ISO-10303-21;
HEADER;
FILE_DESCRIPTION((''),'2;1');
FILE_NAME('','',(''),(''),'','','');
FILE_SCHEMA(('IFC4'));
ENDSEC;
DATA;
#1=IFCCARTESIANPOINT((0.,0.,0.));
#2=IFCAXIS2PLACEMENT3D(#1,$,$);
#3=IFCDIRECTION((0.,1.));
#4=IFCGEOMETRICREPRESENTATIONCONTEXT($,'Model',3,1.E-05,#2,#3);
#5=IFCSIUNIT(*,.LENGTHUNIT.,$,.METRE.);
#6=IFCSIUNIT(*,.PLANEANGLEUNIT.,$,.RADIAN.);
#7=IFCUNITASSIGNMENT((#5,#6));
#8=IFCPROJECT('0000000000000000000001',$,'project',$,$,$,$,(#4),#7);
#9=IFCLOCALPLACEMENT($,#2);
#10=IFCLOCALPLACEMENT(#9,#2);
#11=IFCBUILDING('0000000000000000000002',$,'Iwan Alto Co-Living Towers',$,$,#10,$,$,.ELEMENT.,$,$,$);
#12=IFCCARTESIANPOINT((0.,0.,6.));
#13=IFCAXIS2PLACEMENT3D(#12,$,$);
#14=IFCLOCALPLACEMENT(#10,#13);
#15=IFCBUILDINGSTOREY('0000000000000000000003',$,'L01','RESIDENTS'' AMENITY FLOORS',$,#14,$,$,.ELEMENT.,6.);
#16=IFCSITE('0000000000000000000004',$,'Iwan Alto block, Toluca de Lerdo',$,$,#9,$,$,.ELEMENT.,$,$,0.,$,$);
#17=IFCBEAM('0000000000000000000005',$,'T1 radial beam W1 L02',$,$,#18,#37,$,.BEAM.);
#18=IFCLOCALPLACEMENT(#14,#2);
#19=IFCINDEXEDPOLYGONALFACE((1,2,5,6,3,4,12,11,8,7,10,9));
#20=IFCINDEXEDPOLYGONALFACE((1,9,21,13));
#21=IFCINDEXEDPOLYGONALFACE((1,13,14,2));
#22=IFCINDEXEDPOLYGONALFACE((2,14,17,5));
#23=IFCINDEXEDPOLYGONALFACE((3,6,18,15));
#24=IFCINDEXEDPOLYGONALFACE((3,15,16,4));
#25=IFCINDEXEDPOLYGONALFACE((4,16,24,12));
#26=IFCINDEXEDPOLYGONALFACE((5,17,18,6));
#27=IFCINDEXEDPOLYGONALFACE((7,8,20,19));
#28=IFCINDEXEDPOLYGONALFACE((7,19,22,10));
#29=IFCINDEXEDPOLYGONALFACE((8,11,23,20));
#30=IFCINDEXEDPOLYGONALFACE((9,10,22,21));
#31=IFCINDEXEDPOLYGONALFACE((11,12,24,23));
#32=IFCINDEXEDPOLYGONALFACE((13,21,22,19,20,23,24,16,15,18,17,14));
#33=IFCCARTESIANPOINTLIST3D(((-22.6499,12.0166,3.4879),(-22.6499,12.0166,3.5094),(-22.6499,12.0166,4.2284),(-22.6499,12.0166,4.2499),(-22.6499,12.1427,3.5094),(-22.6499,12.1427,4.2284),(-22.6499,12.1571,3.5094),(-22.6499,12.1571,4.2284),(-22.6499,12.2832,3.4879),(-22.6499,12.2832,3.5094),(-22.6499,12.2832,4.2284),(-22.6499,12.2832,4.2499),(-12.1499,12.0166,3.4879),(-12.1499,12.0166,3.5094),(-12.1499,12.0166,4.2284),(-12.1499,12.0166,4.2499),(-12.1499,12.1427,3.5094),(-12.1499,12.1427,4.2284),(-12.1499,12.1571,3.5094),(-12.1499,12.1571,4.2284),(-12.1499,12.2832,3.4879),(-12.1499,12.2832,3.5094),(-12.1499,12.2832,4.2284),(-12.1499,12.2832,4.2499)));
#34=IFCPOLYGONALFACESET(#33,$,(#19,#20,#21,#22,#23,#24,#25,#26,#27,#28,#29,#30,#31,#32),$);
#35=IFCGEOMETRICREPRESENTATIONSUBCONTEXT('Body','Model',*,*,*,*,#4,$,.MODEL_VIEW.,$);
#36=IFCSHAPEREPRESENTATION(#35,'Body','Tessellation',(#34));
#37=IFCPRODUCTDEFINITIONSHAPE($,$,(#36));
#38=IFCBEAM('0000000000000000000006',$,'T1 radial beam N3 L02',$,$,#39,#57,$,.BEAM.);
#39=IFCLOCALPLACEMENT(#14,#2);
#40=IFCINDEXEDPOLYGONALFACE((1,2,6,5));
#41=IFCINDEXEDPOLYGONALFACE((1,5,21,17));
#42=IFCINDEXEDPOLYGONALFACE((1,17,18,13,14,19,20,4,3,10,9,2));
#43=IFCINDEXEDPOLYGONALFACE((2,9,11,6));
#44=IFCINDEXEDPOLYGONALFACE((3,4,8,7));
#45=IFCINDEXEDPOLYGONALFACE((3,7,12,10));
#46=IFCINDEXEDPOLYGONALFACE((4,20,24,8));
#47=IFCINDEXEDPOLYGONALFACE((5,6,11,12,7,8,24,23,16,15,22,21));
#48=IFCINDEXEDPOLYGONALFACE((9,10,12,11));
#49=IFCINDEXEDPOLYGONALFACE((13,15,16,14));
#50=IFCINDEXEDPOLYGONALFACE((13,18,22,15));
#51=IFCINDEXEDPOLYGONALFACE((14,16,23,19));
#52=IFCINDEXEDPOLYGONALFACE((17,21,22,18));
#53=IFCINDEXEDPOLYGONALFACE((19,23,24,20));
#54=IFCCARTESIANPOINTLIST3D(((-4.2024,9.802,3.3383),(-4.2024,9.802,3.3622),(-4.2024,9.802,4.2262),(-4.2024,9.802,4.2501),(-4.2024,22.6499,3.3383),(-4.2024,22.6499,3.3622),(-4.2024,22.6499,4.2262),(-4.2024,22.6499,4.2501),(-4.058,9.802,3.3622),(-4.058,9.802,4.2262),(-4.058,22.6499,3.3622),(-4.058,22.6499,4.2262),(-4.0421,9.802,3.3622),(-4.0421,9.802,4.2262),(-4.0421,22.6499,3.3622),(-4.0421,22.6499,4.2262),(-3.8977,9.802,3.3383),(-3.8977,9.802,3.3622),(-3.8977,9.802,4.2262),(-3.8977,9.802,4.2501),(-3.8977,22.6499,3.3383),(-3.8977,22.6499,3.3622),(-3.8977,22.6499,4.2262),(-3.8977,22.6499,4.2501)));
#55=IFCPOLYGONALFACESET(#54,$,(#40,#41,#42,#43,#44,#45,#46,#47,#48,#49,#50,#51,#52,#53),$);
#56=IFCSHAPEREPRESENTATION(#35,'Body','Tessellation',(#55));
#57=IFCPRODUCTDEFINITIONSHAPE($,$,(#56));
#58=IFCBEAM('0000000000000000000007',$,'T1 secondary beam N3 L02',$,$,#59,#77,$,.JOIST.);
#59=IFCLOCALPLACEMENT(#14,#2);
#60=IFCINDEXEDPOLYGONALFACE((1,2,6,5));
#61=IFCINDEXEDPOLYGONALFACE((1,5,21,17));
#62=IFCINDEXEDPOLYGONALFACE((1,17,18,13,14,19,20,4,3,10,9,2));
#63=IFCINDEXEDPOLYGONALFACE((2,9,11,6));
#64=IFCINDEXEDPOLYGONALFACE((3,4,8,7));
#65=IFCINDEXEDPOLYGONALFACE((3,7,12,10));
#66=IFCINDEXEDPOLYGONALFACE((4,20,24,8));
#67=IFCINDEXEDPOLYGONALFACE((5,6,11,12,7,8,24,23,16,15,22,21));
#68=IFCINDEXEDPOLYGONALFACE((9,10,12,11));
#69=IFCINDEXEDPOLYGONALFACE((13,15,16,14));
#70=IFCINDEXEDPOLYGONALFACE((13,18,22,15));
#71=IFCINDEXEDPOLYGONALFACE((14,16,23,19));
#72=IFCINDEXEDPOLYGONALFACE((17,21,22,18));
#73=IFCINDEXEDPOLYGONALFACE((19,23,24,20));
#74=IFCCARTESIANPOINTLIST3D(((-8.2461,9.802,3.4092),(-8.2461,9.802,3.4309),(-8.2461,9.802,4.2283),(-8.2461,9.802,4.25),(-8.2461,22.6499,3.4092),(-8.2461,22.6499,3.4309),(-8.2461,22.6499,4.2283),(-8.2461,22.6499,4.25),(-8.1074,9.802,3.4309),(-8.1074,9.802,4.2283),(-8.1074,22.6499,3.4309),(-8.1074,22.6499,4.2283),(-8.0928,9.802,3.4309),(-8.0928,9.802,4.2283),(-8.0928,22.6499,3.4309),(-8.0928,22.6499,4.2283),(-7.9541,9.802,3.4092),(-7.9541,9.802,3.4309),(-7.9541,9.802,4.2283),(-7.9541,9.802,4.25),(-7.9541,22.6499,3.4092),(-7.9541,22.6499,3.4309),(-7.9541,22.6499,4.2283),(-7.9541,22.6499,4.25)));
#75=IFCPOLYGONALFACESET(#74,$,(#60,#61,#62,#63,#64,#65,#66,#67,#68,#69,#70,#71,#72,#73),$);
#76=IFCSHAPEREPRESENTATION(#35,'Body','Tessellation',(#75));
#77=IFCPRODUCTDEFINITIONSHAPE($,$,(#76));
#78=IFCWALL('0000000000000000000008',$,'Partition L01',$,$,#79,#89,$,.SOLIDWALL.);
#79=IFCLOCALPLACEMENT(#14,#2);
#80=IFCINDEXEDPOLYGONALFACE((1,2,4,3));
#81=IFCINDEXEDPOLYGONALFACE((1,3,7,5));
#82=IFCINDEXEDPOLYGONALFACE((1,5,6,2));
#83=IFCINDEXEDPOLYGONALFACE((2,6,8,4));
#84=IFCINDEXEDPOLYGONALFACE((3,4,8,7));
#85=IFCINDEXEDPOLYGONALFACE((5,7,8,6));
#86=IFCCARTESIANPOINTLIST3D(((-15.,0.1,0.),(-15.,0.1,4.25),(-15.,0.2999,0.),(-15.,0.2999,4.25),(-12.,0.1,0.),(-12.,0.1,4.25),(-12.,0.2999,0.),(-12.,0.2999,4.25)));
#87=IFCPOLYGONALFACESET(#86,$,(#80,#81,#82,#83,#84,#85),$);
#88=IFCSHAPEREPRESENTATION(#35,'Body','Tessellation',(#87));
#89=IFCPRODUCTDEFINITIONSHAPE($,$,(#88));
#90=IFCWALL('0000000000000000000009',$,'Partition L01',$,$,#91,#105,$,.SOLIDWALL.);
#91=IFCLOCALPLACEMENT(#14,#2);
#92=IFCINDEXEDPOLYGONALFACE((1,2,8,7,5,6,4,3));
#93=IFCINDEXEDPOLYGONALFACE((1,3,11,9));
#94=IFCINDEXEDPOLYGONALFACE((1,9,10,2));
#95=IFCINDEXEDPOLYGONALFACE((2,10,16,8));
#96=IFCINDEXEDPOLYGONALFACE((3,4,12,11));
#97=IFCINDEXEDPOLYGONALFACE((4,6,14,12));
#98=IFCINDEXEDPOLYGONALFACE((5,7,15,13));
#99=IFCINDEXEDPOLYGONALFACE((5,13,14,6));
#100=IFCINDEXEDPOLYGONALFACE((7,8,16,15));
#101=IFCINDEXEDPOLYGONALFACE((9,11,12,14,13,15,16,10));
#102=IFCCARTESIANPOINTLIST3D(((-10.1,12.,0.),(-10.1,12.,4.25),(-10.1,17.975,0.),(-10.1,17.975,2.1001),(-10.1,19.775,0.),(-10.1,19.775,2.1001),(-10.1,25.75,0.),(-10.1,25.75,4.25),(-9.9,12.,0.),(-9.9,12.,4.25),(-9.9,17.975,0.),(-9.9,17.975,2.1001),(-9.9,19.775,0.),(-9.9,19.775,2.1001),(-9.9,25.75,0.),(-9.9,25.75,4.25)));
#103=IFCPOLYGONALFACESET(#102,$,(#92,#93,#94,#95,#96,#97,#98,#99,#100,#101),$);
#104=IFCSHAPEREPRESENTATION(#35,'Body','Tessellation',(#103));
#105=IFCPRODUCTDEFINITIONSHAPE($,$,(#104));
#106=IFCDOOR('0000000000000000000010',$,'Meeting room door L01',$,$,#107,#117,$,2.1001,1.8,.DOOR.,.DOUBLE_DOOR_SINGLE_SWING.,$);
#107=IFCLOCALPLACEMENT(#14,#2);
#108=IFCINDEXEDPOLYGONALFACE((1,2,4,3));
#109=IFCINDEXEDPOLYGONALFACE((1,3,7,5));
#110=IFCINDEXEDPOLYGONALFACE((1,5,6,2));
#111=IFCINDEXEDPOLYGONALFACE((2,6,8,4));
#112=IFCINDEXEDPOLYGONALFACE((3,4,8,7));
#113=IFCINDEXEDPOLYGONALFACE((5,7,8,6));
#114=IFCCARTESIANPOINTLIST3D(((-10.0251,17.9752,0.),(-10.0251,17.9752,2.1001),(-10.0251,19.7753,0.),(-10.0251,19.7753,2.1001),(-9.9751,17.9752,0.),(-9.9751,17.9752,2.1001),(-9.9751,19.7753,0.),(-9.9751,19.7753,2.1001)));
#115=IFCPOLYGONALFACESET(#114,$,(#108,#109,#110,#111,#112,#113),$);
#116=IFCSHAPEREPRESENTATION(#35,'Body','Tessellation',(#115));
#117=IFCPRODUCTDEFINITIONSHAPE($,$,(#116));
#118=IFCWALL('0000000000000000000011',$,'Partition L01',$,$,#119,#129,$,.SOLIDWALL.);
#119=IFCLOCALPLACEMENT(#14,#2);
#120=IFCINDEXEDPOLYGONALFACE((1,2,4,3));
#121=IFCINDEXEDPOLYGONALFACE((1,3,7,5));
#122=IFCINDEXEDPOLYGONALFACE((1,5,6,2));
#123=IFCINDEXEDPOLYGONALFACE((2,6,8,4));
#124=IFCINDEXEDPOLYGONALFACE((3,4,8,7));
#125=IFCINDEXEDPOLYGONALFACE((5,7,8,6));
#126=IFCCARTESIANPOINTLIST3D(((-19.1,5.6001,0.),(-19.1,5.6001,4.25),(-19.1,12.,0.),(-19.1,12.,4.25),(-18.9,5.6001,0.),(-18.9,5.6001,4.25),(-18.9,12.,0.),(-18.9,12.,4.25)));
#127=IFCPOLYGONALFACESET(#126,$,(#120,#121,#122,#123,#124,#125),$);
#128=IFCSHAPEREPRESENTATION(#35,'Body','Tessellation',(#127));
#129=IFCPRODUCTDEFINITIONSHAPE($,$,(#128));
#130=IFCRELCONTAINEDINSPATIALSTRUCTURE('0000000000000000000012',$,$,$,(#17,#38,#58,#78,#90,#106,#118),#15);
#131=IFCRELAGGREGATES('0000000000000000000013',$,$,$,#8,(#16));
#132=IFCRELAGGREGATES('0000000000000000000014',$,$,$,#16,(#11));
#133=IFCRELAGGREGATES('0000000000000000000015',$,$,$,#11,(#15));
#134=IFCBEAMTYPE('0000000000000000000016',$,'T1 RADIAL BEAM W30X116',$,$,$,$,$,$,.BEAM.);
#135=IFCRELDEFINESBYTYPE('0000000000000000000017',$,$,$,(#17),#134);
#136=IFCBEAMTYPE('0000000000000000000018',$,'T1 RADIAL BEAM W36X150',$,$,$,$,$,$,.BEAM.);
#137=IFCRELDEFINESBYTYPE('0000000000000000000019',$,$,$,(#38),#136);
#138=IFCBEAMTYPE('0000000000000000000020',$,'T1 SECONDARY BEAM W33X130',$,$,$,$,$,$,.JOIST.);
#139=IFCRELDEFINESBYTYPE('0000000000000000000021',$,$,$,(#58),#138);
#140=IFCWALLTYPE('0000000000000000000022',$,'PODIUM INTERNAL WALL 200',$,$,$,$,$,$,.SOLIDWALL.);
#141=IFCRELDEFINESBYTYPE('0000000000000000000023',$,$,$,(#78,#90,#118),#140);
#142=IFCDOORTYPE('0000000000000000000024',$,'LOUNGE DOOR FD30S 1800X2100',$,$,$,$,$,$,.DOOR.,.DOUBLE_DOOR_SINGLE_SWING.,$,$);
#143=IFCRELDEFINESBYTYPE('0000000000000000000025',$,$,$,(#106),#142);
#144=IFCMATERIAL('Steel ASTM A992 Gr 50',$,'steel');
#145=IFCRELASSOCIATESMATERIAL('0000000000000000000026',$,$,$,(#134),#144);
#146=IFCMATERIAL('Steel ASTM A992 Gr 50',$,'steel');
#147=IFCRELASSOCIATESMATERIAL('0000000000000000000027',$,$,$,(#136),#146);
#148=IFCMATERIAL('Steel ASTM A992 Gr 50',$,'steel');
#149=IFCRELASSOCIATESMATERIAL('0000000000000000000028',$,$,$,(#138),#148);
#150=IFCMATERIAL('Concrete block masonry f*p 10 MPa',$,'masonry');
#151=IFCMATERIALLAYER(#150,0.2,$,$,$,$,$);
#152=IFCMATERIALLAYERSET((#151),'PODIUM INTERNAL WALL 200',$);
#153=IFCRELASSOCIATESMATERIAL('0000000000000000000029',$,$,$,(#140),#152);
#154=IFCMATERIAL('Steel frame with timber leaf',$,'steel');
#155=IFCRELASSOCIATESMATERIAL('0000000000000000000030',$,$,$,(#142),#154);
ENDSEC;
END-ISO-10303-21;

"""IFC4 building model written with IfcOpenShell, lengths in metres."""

from ifc_helpers import new_model, si_unit, direction, frame, frame_2d, origin, origin_2d, place, context, subcontext, project, spatial, rectangle, i_section, extrude, material, layer, layer_set, material_profile, profile_set, type_object, element, fill, save


model = new_model("IFC4")

# Units and contexts
model_context = context("Model", 3, precision=1e-05, world=origin(), true_north=direction((0.0, 1.0)))
body_context = subcontext(model_context, "Body", "Model", "MODEL_VIEW")
ifc_project = project(units=[si_unit("LENGTHUNIT", "METRE"), si_unit("PLANEANGLEUNIT", "RADIAN")], contexts=[model_context])

# Site, building, storey
site_placement = place(None, origin())
site = spatial("IfcSite", under=ifc_project, at=site_placement, Name="Iwan Alto block, Toluca de Lerdo", CompositionType="ELEMENT", RefElevation=0.0)
building_placement = place(site_placement, origin())
building = spatial("IfcBuilding", under=site, at=building_placement, Name="Iwan Alto Co-Living Towers", CompositionType="ELEMENT")
storey_placement = place(building_placement, frame((0.0, 0.0, 6.0)))
storey = spatial("IfcBuildingStorey", under=building, at=storey_placement, Name="L01", Description="RESIDENTS' AMENITY FLOORS", CompositionType="ELEMENT", Elevation=6.0)

# Beams
ifc_material_1 = material(Name="Steel ASTM A992 Gr 50", Category="steel")
ifc_material_profile_1 = material_profile(ifc_material_1, i_section(OverallWidth=0.2666, OverallDepth=0.762, WebThickness=0.0144, FlangeThickness=0.0215, at=origin_2d()), Name="W30X116")
ifc_profile_set_1 = profile_set([ifc_material_profile_1], Name="Steel ASTM A992 Gr 50")
beam_type_1 = type_object("IfcBeamType", Name="T1 RADIAL BEAM W30X116", PredefinedType="BEAM", material=ifc_profile_set_1)
for number, where, z_axis, x_axis, name in (
    (1, (-22.6499, 12.1499, 3.8689), (1.0, 0.0, 0.0), (0.0, 1.0, 0.0), "T1 radial beam W1 L02"),
):
    element("IfcBeam", number, at=place(storey_placement, frame(where, z_axis=z_axis, x_axis=x_axis)), inside=storey, type_object=beam_type_1, Name=name, PredefinedType="BEAM", context=body_context, shape_type="SweptSolid", body=[
        extrude(i_section(OverallWidth=0.2666, OverallDepth=0.762, WebThickness=0.0144, FlangeThickness=0.0215, at=origin_2d()), origin(), (0.0, 0.0, 1.0), 10.5),
    ])
ifc_material_2 = material(Name="Steel ASTM A992 Gr 50", Category="steel")
ifc_material_profile_2 = material_profile(ifc_material_2, i_section(OverallWidth=0.3047, OverallDepth=0.9119, WebThickness=0.0159, FlangeThickness=0.0239, at=origin_2d()), Name="W36X150")
ifc_profile_set_2 = profile_set([ifc_material_profile_2], Name="Steel ASTM A992 Gr 50")
beam_type_2 = type_object("IfcBeamType", Name="T1 RADIAL BEAM W36X150", PredefinedType="BEAM", material=ifc_profile_set_2)
beam_1_placement = place(storey_placement, frame((-4.05, 22.6499, 3.7942), z_axis=(0.0, -1.0, 0.0), x_axis=(1.0, 0.0, 0.0)))
element("IfcBeam", 2, at=beam_1_placement, inside=storey, type_object=beam_type_2, Name="T1 radial beam N3 L02", PredefinedType="BEAM", context=body_context, shape_type="SweptSolid", body=[
    extrude(i_section(OverallWidth=0.3047, OverallDepth=0.9119, WebThickness=0.0159, FlangeThickness=0.0239, at=origin_2d()), origin(), (0.0, 0.0, 1.0), 12.8479),
])
ifc_material_3 = material(Name="Steel ASTM A992 Gr 50", Category="steel")
ifc_material_profile_3 = material_profile(ifc_material_3, i_section(OverallWidth=0.292, OverallDepth=0.8408, WebThickness=0.0146, FlangeThickness=0.0217, at=origin_2d()), Name="W33X130")
ifc_profile_set_3 = profile_set([ifc_material_profile_3], Name="Steel ASTM A992 Gr 50")
beam_type_3 = type_object("IfcBeamType", Name="T1 SECONDARY BEAM W33X130", PredefinedType="JOIST", material=ifc_profile_set_3)
beam_2_placement = place(storey_placement, frame((-8.1001, 22.6499, 3.8296), z_axis=(0.0, -1.0, 0.0), x_axis=(1.0, 0.0, 0.0)))
element("IfcBeam", 3, at=beam_2_placement, inside=storey, type_object=beam_type_3, Name="T1 secondary beam N3 L02", PredefinedType="JOIST", context=body_context, shape_type="SweptSolid", body=[
    extrude(i_section(OverallWidth=0.292, OverallDepth=0.8408, WebThickness=0.0146, FlangeThickness=0.0217, at=origin_2d()), origin(), (0.0, 0.0, 1.0), 12.8479),
])

# Wall
ifc_material_4 = material(Name="Concrete block masonry f*p 10 MPa", Category="masonry")
ifc_layer_1 = layer(ifc_material_4, 0.2)
ifc_layer_set_1 = layer_set([ifc_layer_1], Name="PODIUM INTERNAL WALL 200")
wall_type_1 = type_object("IfcWallType", Name="PODIUM INTERNAL WALL 200", PredefinedType="SOLIDWALL", material=ifc_layer_set_1)
wall_1_placement = place(storey_placement, frame((-15.0, 0.2, 0.0), z_axis=(0.0, 0.0, 1.0), x_axis=(1.0, 0.0, 0.0)))
element("IfcWall", 4, at=wall_1_placement, inside=storey, type_object=wall_type_1, Name="Partition L01", PredefinedType="SOLIDWALL", context=body_context, shape_type="SweptSolid", body=[
    extrude(rectangle(XDim=3.0, YDim=0.2, at=frame_2d((1.5, 0.0))), origin(), (0.0, 0.0, 1.0), 4.25),
])

# Wall, opening, door
wall_2_placement = place(storey_placement, frame((-10.0, 12.0, 0.0), z_axis=(0.0, 0.0, 1.0), x_axis=(0.0, 1.0, 0.0)))
wall_2 = element("IfcWall", 5, at=wall_2_placement, inside=storey, type_object=wall_type_1, Name="Partition L01", PredefinedType="SOLIDWALL", context=body_context, shape_type="SweptSolid", body=[
    extrude(rectangle(XDim=13.75, YDim=0.2, at=frame_2d((6.875, 0.0))), origin(), (0.0, 0.0, 1.0), 4.25),
])
opening_1_placement = place(wall_2_placement, frame((5.9751, 0.0, 0.0)))
opening_1 = element("IfcOpeningElement", 6, at=opening_1_placement, cuts=wall_2, PredefinedType="OPENING", context=body_context, shape_type="SweptSolid", body=[
    extrude(rectangle(XDim=1.8, YDim=2.1001, at=frame_2d((0.8999, 1.05))), frame((0.0, 0.1099, 0.0), z_axis=(0.0, -1.0, 0.0), x_axis=(1.0, 0.0, 0.0)), (0.0, 0.0, 1.0), 0.22),
])
ifc_material_5 = material(Name="Steel frame with timber leaf", Category="steel")
door_type_1 = type_object("IfcDoorType", Name="LOUNGE DOOR FD30S 1800X2100", OperationType="DOUBLE_DOOR_SINGLE_SWING", PredefinedType="DOOR", material=ifc_material_5)
door_1_placement = place(opening_1_placement, frame((1.8, 0.0, 0.0), z_axis=(0.0, 0.0, 1.0), x_axis=(-1.0, 0.0, 0.0)))
door_1 = element("IfcDoor", 7, at=door_1_placement, inside=storey, type_object=door_type_1, Name="Meeting room door L01", OperationType="DOUBLE_DOOR_SINGLE_SWING", OverallHeight=2.1001, OverallWidth=1.8, PredefinedType="DOOR", context=body_context, shape_type="SweptSolid", body=[
    extrude(rectangle(XDim=1.8, YDim=2.1001, at=frame_2d((0.8999, 1.05))), frame((0.0, 0.0249, 0.0), z_axis=(0.0, -1.0, 0.0), x_axis=(1.0, 0.0, 0.0)), (0.0, 0.0, 1.0), 0.05),
])
fill(opening_1, door_1)

# Wall
wall_3_placement = place(storey_placement, frame((-19.0, 5.6001, 0.0), z_axis=(0.0, 0.0, 1.0), x_axis=(0.0, 1.0, 0.0)))
element("IfcWall", 8, at=wall_3_placement, inside=storey, type_object=wall_type_1, Name="Partition L01", PredefinedType="SOLIDWALL", context=body_context, shape_type="SweptSolid", body=[
    extrude(rectangle(XDim=6.3999, YDim=0.2, at=frame_2d((3.2, 0.0))), origin(), (0.0, 0.0, 1.0), 4.25),
])

save(model, "model.ifc")
